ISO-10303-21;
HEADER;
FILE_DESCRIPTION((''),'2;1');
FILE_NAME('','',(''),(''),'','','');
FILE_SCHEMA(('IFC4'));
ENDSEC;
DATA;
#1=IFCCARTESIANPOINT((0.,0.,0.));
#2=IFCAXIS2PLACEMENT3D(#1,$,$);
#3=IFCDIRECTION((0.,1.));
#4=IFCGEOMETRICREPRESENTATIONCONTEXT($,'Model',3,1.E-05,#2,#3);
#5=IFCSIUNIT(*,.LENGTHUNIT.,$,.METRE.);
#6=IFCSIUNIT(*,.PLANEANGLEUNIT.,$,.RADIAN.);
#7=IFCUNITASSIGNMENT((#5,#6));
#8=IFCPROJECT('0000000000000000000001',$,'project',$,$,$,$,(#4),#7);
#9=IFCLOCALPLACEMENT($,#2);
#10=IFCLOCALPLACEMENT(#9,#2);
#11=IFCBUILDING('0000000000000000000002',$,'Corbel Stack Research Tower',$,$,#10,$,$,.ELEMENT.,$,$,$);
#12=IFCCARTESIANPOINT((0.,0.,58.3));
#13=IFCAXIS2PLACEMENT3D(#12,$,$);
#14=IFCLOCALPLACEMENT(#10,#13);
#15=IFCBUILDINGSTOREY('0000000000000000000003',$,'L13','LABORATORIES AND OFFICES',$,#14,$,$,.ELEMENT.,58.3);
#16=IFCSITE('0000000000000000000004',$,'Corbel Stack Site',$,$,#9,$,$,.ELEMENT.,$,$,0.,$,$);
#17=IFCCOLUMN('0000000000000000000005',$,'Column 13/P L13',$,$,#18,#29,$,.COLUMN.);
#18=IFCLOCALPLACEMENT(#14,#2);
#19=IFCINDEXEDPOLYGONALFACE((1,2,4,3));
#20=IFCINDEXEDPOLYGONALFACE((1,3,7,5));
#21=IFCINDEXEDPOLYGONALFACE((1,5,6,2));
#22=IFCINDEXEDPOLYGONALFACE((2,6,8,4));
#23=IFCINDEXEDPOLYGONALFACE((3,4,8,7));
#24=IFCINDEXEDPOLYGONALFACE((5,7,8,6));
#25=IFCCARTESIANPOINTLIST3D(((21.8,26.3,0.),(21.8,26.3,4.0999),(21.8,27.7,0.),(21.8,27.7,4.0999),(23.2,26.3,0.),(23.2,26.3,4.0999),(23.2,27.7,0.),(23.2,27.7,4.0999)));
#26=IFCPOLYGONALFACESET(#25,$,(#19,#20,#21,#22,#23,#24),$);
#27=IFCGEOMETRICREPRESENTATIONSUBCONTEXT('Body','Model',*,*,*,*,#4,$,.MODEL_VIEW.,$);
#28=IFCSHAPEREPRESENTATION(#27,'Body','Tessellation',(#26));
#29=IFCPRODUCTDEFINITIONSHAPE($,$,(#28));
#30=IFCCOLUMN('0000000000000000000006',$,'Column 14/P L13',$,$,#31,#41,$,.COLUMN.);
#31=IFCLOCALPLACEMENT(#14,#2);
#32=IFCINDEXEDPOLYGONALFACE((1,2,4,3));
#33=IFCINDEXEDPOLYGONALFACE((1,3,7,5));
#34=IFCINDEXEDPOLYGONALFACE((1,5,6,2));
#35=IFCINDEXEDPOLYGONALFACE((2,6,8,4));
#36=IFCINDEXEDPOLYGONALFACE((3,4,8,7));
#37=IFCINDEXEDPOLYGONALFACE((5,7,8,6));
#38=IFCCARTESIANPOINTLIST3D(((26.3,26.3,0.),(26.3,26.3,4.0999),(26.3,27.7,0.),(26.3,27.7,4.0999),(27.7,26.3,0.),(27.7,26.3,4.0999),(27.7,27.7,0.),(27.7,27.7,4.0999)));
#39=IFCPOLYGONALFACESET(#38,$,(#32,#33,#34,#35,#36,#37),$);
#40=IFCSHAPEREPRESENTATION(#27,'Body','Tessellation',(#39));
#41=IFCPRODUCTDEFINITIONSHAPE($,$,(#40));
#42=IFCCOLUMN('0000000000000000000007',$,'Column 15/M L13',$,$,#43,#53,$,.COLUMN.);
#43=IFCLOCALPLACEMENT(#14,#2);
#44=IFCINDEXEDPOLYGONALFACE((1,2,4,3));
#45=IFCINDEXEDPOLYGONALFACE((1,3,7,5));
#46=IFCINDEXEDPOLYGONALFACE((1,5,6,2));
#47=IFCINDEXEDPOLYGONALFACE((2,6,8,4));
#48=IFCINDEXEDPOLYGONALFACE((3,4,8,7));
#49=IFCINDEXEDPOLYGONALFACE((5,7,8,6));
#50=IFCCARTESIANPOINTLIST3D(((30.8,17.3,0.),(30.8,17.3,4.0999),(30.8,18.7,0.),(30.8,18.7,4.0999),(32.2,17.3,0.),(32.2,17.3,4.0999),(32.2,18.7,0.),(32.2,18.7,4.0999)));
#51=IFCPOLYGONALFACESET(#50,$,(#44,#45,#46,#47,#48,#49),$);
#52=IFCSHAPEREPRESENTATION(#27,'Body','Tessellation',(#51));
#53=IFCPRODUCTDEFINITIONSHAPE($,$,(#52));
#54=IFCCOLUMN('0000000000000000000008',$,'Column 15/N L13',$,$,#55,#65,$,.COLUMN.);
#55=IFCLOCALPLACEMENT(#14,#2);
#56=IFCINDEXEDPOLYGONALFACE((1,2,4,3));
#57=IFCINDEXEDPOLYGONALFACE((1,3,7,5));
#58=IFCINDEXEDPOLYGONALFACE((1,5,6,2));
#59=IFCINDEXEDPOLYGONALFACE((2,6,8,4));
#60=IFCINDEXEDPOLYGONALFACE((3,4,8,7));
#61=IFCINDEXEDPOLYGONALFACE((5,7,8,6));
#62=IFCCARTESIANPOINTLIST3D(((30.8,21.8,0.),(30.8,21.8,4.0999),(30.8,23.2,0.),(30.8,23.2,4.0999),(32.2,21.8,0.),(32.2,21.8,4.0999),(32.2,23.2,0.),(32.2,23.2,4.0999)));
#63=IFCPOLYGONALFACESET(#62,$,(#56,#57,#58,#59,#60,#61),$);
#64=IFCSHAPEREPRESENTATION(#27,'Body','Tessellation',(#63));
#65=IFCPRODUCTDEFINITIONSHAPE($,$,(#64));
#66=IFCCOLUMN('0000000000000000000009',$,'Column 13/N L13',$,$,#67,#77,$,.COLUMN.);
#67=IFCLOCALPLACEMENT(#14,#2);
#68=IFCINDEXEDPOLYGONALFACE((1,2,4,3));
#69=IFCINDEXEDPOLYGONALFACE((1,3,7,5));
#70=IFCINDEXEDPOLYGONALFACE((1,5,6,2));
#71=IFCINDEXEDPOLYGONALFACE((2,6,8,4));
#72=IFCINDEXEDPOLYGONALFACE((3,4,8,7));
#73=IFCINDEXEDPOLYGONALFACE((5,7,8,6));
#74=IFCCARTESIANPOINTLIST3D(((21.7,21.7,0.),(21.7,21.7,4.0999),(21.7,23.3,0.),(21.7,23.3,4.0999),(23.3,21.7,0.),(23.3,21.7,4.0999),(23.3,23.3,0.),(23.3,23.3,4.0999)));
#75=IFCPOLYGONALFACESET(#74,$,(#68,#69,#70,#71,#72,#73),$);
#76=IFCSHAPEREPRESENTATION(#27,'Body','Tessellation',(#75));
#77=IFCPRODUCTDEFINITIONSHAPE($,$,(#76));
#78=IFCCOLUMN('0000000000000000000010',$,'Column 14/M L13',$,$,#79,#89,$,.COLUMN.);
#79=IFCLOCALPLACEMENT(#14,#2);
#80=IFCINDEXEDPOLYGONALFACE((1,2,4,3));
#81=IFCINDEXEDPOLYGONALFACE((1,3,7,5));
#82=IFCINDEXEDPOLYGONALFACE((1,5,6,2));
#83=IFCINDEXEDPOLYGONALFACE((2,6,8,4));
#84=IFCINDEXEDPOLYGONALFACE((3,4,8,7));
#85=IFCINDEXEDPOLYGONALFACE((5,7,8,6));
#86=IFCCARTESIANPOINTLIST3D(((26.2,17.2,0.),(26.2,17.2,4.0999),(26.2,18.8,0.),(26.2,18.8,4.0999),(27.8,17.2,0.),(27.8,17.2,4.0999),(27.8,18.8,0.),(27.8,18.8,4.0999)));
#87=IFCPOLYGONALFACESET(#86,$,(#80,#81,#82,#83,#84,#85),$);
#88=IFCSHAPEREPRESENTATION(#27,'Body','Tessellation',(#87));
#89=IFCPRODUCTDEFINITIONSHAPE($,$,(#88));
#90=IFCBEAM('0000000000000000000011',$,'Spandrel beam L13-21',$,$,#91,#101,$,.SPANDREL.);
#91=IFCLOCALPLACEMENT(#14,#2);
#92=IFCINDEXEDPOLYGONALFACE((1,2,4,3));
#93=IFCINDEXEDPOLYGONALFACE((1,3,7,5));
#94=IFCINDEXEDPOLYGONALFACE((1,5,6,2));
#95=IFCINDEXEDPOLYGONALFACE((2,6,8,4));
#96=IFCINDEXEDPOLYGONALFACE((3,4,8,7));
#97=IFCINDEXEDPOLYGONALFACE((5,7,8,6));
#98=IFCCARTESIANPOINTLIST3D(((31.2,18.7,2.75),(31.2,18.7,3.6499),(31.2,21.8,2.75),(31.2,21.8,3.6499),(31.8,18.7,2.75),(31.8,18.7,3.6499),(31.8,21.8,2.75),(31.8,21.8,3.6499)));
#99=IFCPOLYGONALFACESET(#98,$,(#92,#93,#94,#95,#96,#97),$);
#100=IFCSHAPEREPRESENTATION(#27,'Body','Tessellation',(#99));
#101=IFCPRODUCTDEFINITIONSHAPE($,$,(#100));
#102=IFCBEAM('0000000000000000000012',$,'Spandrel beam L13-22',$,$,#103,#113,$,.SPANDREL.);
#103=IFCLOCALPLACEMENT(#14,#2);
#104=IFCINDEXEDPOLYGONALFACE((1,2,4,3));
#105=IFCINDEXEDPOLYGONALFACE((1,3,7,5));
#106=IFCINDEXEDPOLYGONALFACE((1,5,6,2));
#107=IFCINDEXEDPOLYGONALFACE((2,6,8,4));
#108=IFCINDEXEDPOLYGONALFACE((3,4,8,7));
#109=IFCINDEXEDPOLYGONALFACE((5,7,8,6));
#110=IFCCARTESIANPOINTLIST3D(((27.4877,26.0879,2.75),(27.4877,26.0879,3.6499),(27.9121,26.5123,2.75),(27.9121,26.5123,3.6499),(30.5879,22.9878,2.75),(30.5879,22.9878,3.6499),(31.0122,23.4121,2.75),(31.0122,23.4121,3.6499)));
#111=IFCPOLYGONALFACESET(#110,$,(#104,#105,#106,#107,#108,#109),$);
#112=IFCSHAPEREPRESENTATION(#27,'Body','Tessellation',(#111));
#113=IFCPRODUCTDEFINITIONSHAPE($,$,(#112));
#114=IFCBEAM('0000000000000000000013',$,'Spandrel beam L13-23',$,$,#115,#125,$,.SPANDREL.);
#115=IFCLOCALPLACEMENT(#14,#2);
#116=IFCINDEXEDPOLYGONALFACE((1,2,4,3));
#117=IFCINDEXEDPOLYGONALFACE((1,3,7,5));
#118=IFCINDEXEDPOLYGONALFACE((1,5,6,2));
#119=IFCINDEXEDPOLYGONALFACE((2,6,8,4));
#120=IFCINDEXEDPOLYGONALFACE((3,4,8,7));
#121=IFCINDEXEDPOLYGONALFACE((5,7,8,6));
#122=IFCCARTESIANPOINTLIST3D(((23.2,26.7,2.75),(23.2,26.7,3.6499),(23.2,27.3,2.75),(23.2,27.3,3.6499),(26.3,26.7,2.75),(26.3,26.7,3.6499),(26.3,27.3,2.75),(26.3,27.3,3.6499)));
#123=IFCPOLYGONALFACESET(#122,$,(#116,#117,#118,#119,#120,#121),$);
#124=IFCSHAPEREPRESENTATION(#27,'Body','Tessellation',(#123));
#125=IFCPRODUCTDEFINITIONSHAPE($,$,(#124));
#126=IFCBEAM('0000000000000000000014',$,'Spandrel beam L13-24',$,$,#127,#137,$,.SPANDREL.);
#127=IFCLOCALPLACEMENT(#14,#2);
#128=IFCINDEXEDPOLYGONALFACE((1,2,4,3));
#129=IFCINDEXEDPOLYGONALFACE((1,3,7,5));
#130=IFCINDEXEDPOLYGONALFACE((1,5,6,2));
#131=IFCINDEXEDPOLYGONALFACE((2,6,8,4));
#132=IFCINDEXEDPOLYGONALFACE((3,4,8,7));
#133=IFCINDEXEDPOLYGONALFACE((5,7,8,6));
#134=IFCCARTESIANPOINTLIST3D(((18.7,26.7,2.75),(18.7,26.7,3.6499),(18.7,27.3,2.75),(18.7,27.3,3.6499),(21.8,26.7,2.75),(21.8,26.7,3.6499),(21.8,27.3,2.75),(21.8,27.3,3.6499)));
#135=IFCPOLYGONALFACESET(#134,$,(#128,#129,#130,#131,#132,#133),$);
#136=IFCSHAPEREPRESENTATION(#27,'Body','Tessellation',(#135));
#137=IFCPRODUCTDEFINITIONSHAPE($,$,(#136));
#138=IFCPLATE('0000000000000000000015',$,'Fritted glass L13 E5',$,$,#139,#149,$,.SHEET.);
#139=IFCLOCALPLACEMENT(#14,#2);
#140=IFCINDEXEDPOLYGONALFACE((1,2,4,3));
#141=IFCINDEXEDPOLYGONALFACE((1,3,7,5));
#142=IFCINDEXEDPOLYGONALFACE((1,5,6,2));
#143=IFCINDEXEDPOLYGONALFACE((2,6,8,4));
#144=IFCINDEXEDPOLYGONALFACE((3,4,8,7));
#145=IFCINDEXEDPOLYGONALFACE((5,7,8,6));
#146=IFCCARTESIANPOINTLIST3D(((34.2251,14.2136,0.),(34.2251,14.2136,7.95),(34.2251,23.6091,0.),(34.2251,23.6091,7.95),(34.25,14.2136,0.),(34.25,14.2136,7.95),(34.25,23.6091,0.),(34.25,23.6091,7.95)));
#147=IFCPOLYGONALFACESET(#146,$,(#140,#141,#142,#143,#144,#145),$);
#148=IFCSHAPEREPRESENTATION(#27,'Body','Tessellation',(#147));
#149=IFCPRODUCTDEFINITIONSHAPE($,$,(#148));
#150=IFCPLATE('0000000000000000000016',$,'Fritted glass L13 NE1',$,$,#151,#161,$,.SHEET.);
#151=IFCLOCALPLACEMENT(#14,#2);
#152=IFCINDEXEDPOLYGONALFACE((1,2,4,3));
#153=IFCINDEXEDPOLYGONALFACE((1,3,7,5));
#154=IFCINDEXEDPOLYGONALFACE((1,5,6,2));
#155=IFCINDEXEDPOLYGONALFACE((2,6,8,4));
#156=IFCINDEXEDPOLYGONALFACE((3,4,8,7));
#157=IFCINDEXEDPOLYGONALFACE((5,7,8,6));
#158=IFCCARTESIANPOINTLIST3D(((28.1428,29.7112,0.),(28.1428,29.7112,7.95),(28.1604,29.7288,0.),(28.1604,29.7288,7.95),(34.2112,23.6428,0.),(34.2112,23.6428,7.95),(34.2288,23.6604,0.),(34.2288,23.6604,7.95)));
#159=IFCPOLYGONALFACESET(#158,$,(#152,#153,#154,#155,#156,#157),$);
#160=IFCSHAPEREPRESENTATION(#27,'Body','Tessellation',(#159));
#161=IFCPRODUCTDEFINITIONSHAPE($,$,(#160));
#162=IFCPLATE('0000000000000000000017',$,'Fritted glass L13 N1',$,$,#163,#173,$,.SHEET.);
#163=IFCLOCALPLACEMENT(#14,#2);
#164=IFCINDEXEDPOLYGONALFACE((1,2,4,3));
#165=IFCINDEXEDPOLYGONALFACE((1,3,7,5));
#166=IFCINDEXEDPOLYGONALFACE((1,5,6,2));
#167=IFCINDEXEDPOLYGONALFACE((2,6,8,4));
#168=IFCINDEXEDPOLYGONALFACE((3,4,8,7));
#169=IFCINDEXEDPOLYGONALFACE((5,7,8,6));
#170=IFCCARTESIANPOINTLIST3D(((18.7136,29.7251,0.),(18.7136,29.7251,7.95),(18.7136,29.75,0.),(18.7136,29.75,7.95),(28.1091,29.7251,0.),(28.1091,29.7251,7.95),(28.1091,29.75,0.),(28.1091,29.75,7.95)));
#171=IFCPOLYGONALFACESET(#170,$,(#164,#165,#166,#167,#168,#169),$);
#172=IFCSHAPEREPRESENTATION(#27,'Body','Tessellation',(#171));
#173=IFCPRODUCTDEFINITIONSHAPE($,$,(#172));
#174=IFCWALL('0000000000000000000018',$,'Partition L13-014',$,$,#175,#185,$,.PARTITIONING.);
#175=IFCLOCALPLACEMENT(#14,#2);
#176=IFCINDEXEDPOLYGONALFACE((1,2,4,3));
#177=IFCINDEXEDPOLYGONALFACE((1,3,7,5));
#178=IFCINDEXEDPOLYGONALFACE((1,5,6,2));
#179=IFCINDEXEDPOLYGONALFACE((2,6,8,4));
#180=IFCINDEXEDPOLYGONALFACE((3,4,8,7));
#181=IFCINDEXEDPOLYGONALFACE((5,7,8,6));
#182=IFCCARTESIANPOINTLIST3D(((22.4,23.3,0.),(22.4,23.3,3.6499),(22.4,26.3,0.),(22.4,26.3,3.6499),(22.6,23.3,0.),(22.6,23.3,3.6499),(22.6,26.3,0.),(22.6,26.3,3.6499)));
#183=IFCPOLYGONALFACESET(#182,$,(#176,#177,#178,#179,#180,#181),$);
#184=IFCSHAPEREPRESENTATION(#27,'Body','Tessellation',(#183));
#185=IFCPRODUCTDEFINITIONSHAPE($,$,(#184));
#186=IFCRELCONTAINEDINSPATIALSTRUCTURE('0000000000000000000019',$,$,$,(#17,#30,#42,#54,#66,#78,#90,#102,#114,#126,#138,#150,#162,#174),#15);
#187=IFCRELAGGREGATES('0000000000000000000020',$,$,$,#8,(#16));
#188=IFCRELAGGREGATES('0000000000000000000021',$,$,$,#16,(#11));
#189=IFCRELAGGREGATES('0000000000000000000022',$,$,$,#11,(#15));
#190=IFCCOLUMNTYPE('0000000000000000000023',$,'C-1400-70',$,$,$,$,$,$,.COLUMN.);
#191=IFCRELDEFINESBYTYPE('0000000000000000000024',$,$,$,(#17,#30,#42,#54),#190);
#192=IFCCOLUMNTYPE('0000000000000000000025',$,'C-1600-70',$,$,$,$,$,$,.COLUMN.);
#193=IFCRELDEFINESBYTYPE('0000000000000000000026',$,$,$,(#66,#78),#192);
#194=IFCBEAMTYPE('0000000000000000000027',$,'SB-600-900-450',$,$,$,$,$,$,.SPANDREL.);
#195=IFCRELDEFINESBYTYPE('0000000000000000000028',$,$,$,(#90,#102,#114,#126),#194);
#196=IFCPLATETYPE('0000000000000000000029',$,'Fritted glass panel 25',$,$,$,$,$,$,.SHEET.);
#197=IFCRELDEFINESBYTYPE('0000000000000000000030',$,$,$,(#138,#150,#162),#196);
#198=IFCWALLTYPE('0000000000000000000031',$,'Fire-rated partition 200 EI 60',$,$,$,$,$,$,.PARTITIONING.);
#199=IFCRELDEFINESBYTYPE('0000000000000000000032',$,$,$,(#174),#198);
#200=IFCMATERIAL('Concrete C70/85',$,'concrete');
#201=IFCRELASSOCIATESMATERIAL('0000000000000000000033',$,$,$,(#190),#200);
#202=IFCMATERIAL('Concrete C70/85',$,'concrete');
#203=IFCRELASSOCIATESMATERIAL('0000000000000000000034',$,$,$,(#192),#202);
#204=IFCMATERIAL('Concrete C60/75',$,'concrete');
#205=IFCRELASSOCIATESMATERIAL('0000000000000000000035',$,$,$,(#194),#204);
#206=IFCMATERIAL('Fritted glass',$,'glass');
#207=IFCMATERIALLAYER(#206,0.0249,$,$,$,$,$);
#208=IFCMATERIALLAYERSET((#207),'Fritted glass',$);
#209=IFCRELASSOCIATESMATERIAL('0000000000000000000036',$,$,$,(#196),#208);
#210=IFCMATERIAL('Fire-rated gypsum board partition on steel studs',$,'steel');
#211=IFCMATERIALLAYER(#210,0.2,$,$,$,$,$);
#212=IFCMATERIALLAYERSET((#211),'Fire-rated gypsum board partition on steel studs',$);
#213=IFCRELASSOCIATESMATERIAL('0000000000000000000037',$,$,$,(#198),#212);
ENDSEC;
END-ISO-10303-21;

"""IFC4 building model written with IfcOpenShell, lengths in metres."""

from ifc_helpers import new_model, si_unit, direction, frame, frame_2d, origin, origin_2d, place, context, subcontext, project, spatial, rectangle, extrude, material, layer, layer_set, material_profile, profile_set, type_object, element, save


model = new_model("IFC4")

# Units and contexts
model_context = context("Model", 3, precision=1e-05, world=origin(), true_north=direction((0.0, 1.0)))
body_context = subcontext(model_context, "Body", "Model", "MODEL_VIEW")
ifc_project = project(units=[si_unit("LENGTHUNIT", "METRE"), si_unit("PLANEANGLEUNIT", "RADIAN")], contexts=[model_context])

# Site, building, storey
site_placement = place(None, origin())
site = spatial("IfcSite", under=ifc_project, at=site_placement, Name="Corbel Stack Site", CompositionType="ELEMENT", RefElevation=0.0)
building_placement = place(site_placement, origin())
building = spatial("IfcBuilding", under=site, at=building_placement, Name="Corbel Stack Research Tower", CompositionType="ELEMENT")
storey_placement = place(building_placement, frame((0.0, 0.0, 58.3)))
storey = spatial("IfcBuildingStorey", under=building, at=storey_placement, Name="L13", Description="LABORATORIES AND OFFICES", CompositionType="ELEMENT", Elevation=58.3)

# Columns
ifc_material_1 = material(Name="Concrete C70/85", Category="concrete")
ifc_material_profile_1 = material_profile(ifc_material_1, rectangle(XDim=1.3999, YDim=1.3999, at=origin_2d()), Name="RC 1400 x 1400")
ifc_profile_set_1 = profile_set([ifc_material_profile_1], Name="Concrete C70/85")
column_type_1 = type_object("IfcColumnType", Name="C-1400-70", PredefinedType="COLUMN", material=ifc_profile_set_1)
for number, where, z_axis, x_axis, name in (
    (1, (22.5, 27.0, 0.0), (0.0, 0.0, 1.0), (1.0, 0.0, 0.0), "Column 13/P L13"),
    (2, (27.0, 27.0, 0.0), (0.0, 0.0, 1.0), (1.0, 0.0, 0.0), "Column 14/P L13"),
    (3, (31.5, 18.0, 0.0), (0.0, 0.0, 1.0), (1.0, 0.0, 0.0), "Column 15/M L13"),
    (4, (31.5, 22.5, 0.0), (0.0, 0.0, 1.0), (1.0, 0.0, 0.0), "Column 15/N L13"),
):
    element("IfcColumn", number, at=place(storey_placement, frame(where, z_axis=z_axis, x_axis=x_axis)), inside=storey, type_object=column_type_1, Name=name, PredefinedType="COLUMN", context=body_context, shape_type="SweptSolid", body=[
        extrude(rectangle(XDim=1.3999, YDim=1.3999, at=origin_2d()), origin(), (0.0, 0.0, 1.0), 4.0999),
    ])
ifc_material_2 = material(Name="Concrete C70/85", Category="concrete")
ifc_material_profile_2 = material_profile(ifc_material_2, rectangle(XDim=1.6001, YDim=1.6001, at=origin_2d()), Name="RC 1600 x 1600")
ifc_profile_set_2 = profile_set([ifc_material_profile_2], Name="Concrete C70/85")
column_type_2 = type_object("IfcColumnType", Name="C-1600-70", PredefinedType="COLUMN", material=ifc_profile_set_2)
for number, where, z_axis, x_axis, name in (
    (5, (22.5, 22.5, 0.0), (0.0, 0.0, 1.0), (1.0, 0.0, 0.0), "Column 13/N L13"),
    (6, (27.0, 18.0, 0.0), (0.0, 0.0, 1.0), (1.0, 0.0, 0.0), "Column 14/M L13"),
):
    element("IfcColumn", number, at=place(storey_placement, frame(where, z_axis=z_axis, x_axis=x_axis)), inside=storey, type_object=column_type_2, Name=name, PredefinedType="COLUMN", context=body_context, shape_type="SweptSolid", body=[
        extrude(rectangle(XDim=1.6001, YDim=1.6001, at=origin_2d()), origin(), (0.0, 0.0, 1.0), 4.0999),
    ])

# Beams
ifc_material_3 = material(Name="Concrete C60/75", Category="concrete")
ifc_material_profile_3 = material_profile(ifc_material_3, rectangle(XDim=0.6001, YDim=0.8999, at=origin_2d()), Name="RC 600 x 900")
ifc_profile_set_3 = profile_set([ifc_material_profile_3], Name="Concrete C60/75")
beam_type = type_object("IfcBeamType", Name="SB-600-900-450", PredefinedType="SPANDREL", material=ifc_profile_set_3)
beam_1_placement = place(storey_placement, frame((31.5, 18.7, 3.2), z_axis=(0.0, 1.0, 0.0), x_axis=(-1.0, 0.0, 0.0)))
element("IfcBeam", 7, at=beam_1_placement, inside=storey, type_object=beam_type, Name="Spandrel beam L13-21", PredefinedType="SPANDREL", context=body_context, shape_type="SweptSolid", body=[
    extrude(rectangle(XDim=0.6001, YDim=0.8999, at=origin_2d()), origin(), (0.0, 0.0, 1.0), 3.1001),
])
beam_2_placement = place(storey_placement, frame((30.8, 23.2, 3.2), z_axis=(-0.707107, 0.707107, 0.0), x_axis=(-0.707107, -0.707107, 0.0)))
element("IfcBeam", 8, at=beam_2_placement, inside=storey, type_object=beam_type, Name="Spandrel beam L13-22", PredefinedType="SPANDREL", context=body_context, shape_type="SweptSolid", body=[
    extrude(rectangle(XDim=0.6001, YDim=0.8999, at=origin_2d()), origin(), (0.0, 0.0, 1.0), 4.3843),
])
for number, where, z_axis, x_axis, name in (
    (9, (26.3, 27.0, 3.2), (-1.0, 0.0, 0.0), (0.0, -1.0, 0.0), "Spandrel beam L13-23"),
    (10, (21.8, 27.0, 3.2), (-1.0, 0.0, 0.0), (0.0, -1.0, 0.0), "Spandrel beam L13-24"),
):
    element("IfcBeam", number, at=place(storey_placement, frame(where, z_axis=z_axis, x_axis=x_axis)), inside=storey, type_object=beam_type, Name=name, PredefinedType="SPANDREL", context=body_context, shape_type="SweptSolid", body=[
        extrude(rectangle(XDim=0.6001, YDim=0.8999, at=origin_2d()), origin(), (0.0, 0.0, 1.0), 3.1001),
    ])

# Plates
ifc_material_4 = material(Name="Fritted glass", Category="glass")
ifc_layer_1 = layer(ifc_material_4, 0.0249)
ifc_layer_set_1 = layer_set([ifc_layer_1], Name="Fritted glass")
plate_type = type_object("IfcPlateType", Name="Fritted glass panel 25", PredefinedType="SHEET", material=ifc_layer_set_1)
plate_1_placement = place(storey_placement, frame((34.2375, 18.9114, 0.0), z_axis=(0.0, 0.0, 1.0), x_axis=(0.0, 1.0, 0.0)))
element("IfcPlate", 11, at=plate_1_placement, inside=storey, type_object=plate_type, Name="Fritted glass L13 E5", PredefinedType="SHEET", context=body_context, shape_type="SweptSolid", body=[
    extrude(rectangle(XDim=9.3955, YDim=0.0249, at=origin_2d()), origin(), (0.0, 0.0, 1.0), 7.95),
])
plate_2_placement = place(storey_placement, frame((31.1858, 26.6858, 0.0), z_axis=(0.0, 0.0, 1.0), x_axis=(-0.707107, 0.707107, 0.0)))
element("IfcPlate", 12, at=plate_2_placement, inside=storey, type_object=plate_type, Name="Fritted glass L13 NE1", PredefinedType="SHEET", context=body_context, shape_type="SweptSolid", body=[
    extrude(rectangle(XDim=8.582, YDim=0.0249, at=origin_2d()), origin(), (0.0, 0.0, 1.0), 7.95),
])
plate_3_placement = place(storey_placement, frame((23.4114, 29.7375, 0.0), z_axis=(0.0, 0.0, 1.0), x_axis=(-1.0, 0.0, 0.0)))
element("IfcPlate", 13, at=plate_3_placement, inside=storey, type_object=plate_type, Name="Fritted glass L13 N1", PredefinedType="SHEET", context=body_context, shape_type="SweptSolid", body=[
    extrude(rectangle(XDim=9.3955, YDim=0.0249, at=origin_2d()), origin(), (0.0, 0.0, 1.0), 7.95),
])

# Wall
ifc_material_5 = material(Name="Fire-rated gypsum board partition on steel studs", Category="steel")
ifc_layer_2 = layer(ifc_material_5, 0.2)
ifc_layer_set_2 = layer_set([ifc_layer_2], Name="Fire-rated gypsum board partition on steel studs")
wall_type_1 = type_object("IfcWallType", Name="Fire-rated partition 200 EI 60", PredefinedType="PARTITIONING", material=ifc_layer_set_2)
wall_1_placement = place(storey_placement, frame((22.5, 23.3, 0.0), z_axis=(0.0, 0.0, 1.0), x_axis=(0.0, 1.0, 0.0)))
element("IfcWall", 14, at=wall_1_placement, inside=storey, type_object=wall_type_1, Name="Partition L13-014", PredefinedType="PARTITIONING", context=body_context, shape_type="SweptSolid", body=[
    extrude(rectangle(XDim=3.0, YDim=0.2, at=frame_2d((1.5, 0.0))), origin(), (0.0, 0.0, 1.0), 3.6499),
])

save(model, "model.ifc")
